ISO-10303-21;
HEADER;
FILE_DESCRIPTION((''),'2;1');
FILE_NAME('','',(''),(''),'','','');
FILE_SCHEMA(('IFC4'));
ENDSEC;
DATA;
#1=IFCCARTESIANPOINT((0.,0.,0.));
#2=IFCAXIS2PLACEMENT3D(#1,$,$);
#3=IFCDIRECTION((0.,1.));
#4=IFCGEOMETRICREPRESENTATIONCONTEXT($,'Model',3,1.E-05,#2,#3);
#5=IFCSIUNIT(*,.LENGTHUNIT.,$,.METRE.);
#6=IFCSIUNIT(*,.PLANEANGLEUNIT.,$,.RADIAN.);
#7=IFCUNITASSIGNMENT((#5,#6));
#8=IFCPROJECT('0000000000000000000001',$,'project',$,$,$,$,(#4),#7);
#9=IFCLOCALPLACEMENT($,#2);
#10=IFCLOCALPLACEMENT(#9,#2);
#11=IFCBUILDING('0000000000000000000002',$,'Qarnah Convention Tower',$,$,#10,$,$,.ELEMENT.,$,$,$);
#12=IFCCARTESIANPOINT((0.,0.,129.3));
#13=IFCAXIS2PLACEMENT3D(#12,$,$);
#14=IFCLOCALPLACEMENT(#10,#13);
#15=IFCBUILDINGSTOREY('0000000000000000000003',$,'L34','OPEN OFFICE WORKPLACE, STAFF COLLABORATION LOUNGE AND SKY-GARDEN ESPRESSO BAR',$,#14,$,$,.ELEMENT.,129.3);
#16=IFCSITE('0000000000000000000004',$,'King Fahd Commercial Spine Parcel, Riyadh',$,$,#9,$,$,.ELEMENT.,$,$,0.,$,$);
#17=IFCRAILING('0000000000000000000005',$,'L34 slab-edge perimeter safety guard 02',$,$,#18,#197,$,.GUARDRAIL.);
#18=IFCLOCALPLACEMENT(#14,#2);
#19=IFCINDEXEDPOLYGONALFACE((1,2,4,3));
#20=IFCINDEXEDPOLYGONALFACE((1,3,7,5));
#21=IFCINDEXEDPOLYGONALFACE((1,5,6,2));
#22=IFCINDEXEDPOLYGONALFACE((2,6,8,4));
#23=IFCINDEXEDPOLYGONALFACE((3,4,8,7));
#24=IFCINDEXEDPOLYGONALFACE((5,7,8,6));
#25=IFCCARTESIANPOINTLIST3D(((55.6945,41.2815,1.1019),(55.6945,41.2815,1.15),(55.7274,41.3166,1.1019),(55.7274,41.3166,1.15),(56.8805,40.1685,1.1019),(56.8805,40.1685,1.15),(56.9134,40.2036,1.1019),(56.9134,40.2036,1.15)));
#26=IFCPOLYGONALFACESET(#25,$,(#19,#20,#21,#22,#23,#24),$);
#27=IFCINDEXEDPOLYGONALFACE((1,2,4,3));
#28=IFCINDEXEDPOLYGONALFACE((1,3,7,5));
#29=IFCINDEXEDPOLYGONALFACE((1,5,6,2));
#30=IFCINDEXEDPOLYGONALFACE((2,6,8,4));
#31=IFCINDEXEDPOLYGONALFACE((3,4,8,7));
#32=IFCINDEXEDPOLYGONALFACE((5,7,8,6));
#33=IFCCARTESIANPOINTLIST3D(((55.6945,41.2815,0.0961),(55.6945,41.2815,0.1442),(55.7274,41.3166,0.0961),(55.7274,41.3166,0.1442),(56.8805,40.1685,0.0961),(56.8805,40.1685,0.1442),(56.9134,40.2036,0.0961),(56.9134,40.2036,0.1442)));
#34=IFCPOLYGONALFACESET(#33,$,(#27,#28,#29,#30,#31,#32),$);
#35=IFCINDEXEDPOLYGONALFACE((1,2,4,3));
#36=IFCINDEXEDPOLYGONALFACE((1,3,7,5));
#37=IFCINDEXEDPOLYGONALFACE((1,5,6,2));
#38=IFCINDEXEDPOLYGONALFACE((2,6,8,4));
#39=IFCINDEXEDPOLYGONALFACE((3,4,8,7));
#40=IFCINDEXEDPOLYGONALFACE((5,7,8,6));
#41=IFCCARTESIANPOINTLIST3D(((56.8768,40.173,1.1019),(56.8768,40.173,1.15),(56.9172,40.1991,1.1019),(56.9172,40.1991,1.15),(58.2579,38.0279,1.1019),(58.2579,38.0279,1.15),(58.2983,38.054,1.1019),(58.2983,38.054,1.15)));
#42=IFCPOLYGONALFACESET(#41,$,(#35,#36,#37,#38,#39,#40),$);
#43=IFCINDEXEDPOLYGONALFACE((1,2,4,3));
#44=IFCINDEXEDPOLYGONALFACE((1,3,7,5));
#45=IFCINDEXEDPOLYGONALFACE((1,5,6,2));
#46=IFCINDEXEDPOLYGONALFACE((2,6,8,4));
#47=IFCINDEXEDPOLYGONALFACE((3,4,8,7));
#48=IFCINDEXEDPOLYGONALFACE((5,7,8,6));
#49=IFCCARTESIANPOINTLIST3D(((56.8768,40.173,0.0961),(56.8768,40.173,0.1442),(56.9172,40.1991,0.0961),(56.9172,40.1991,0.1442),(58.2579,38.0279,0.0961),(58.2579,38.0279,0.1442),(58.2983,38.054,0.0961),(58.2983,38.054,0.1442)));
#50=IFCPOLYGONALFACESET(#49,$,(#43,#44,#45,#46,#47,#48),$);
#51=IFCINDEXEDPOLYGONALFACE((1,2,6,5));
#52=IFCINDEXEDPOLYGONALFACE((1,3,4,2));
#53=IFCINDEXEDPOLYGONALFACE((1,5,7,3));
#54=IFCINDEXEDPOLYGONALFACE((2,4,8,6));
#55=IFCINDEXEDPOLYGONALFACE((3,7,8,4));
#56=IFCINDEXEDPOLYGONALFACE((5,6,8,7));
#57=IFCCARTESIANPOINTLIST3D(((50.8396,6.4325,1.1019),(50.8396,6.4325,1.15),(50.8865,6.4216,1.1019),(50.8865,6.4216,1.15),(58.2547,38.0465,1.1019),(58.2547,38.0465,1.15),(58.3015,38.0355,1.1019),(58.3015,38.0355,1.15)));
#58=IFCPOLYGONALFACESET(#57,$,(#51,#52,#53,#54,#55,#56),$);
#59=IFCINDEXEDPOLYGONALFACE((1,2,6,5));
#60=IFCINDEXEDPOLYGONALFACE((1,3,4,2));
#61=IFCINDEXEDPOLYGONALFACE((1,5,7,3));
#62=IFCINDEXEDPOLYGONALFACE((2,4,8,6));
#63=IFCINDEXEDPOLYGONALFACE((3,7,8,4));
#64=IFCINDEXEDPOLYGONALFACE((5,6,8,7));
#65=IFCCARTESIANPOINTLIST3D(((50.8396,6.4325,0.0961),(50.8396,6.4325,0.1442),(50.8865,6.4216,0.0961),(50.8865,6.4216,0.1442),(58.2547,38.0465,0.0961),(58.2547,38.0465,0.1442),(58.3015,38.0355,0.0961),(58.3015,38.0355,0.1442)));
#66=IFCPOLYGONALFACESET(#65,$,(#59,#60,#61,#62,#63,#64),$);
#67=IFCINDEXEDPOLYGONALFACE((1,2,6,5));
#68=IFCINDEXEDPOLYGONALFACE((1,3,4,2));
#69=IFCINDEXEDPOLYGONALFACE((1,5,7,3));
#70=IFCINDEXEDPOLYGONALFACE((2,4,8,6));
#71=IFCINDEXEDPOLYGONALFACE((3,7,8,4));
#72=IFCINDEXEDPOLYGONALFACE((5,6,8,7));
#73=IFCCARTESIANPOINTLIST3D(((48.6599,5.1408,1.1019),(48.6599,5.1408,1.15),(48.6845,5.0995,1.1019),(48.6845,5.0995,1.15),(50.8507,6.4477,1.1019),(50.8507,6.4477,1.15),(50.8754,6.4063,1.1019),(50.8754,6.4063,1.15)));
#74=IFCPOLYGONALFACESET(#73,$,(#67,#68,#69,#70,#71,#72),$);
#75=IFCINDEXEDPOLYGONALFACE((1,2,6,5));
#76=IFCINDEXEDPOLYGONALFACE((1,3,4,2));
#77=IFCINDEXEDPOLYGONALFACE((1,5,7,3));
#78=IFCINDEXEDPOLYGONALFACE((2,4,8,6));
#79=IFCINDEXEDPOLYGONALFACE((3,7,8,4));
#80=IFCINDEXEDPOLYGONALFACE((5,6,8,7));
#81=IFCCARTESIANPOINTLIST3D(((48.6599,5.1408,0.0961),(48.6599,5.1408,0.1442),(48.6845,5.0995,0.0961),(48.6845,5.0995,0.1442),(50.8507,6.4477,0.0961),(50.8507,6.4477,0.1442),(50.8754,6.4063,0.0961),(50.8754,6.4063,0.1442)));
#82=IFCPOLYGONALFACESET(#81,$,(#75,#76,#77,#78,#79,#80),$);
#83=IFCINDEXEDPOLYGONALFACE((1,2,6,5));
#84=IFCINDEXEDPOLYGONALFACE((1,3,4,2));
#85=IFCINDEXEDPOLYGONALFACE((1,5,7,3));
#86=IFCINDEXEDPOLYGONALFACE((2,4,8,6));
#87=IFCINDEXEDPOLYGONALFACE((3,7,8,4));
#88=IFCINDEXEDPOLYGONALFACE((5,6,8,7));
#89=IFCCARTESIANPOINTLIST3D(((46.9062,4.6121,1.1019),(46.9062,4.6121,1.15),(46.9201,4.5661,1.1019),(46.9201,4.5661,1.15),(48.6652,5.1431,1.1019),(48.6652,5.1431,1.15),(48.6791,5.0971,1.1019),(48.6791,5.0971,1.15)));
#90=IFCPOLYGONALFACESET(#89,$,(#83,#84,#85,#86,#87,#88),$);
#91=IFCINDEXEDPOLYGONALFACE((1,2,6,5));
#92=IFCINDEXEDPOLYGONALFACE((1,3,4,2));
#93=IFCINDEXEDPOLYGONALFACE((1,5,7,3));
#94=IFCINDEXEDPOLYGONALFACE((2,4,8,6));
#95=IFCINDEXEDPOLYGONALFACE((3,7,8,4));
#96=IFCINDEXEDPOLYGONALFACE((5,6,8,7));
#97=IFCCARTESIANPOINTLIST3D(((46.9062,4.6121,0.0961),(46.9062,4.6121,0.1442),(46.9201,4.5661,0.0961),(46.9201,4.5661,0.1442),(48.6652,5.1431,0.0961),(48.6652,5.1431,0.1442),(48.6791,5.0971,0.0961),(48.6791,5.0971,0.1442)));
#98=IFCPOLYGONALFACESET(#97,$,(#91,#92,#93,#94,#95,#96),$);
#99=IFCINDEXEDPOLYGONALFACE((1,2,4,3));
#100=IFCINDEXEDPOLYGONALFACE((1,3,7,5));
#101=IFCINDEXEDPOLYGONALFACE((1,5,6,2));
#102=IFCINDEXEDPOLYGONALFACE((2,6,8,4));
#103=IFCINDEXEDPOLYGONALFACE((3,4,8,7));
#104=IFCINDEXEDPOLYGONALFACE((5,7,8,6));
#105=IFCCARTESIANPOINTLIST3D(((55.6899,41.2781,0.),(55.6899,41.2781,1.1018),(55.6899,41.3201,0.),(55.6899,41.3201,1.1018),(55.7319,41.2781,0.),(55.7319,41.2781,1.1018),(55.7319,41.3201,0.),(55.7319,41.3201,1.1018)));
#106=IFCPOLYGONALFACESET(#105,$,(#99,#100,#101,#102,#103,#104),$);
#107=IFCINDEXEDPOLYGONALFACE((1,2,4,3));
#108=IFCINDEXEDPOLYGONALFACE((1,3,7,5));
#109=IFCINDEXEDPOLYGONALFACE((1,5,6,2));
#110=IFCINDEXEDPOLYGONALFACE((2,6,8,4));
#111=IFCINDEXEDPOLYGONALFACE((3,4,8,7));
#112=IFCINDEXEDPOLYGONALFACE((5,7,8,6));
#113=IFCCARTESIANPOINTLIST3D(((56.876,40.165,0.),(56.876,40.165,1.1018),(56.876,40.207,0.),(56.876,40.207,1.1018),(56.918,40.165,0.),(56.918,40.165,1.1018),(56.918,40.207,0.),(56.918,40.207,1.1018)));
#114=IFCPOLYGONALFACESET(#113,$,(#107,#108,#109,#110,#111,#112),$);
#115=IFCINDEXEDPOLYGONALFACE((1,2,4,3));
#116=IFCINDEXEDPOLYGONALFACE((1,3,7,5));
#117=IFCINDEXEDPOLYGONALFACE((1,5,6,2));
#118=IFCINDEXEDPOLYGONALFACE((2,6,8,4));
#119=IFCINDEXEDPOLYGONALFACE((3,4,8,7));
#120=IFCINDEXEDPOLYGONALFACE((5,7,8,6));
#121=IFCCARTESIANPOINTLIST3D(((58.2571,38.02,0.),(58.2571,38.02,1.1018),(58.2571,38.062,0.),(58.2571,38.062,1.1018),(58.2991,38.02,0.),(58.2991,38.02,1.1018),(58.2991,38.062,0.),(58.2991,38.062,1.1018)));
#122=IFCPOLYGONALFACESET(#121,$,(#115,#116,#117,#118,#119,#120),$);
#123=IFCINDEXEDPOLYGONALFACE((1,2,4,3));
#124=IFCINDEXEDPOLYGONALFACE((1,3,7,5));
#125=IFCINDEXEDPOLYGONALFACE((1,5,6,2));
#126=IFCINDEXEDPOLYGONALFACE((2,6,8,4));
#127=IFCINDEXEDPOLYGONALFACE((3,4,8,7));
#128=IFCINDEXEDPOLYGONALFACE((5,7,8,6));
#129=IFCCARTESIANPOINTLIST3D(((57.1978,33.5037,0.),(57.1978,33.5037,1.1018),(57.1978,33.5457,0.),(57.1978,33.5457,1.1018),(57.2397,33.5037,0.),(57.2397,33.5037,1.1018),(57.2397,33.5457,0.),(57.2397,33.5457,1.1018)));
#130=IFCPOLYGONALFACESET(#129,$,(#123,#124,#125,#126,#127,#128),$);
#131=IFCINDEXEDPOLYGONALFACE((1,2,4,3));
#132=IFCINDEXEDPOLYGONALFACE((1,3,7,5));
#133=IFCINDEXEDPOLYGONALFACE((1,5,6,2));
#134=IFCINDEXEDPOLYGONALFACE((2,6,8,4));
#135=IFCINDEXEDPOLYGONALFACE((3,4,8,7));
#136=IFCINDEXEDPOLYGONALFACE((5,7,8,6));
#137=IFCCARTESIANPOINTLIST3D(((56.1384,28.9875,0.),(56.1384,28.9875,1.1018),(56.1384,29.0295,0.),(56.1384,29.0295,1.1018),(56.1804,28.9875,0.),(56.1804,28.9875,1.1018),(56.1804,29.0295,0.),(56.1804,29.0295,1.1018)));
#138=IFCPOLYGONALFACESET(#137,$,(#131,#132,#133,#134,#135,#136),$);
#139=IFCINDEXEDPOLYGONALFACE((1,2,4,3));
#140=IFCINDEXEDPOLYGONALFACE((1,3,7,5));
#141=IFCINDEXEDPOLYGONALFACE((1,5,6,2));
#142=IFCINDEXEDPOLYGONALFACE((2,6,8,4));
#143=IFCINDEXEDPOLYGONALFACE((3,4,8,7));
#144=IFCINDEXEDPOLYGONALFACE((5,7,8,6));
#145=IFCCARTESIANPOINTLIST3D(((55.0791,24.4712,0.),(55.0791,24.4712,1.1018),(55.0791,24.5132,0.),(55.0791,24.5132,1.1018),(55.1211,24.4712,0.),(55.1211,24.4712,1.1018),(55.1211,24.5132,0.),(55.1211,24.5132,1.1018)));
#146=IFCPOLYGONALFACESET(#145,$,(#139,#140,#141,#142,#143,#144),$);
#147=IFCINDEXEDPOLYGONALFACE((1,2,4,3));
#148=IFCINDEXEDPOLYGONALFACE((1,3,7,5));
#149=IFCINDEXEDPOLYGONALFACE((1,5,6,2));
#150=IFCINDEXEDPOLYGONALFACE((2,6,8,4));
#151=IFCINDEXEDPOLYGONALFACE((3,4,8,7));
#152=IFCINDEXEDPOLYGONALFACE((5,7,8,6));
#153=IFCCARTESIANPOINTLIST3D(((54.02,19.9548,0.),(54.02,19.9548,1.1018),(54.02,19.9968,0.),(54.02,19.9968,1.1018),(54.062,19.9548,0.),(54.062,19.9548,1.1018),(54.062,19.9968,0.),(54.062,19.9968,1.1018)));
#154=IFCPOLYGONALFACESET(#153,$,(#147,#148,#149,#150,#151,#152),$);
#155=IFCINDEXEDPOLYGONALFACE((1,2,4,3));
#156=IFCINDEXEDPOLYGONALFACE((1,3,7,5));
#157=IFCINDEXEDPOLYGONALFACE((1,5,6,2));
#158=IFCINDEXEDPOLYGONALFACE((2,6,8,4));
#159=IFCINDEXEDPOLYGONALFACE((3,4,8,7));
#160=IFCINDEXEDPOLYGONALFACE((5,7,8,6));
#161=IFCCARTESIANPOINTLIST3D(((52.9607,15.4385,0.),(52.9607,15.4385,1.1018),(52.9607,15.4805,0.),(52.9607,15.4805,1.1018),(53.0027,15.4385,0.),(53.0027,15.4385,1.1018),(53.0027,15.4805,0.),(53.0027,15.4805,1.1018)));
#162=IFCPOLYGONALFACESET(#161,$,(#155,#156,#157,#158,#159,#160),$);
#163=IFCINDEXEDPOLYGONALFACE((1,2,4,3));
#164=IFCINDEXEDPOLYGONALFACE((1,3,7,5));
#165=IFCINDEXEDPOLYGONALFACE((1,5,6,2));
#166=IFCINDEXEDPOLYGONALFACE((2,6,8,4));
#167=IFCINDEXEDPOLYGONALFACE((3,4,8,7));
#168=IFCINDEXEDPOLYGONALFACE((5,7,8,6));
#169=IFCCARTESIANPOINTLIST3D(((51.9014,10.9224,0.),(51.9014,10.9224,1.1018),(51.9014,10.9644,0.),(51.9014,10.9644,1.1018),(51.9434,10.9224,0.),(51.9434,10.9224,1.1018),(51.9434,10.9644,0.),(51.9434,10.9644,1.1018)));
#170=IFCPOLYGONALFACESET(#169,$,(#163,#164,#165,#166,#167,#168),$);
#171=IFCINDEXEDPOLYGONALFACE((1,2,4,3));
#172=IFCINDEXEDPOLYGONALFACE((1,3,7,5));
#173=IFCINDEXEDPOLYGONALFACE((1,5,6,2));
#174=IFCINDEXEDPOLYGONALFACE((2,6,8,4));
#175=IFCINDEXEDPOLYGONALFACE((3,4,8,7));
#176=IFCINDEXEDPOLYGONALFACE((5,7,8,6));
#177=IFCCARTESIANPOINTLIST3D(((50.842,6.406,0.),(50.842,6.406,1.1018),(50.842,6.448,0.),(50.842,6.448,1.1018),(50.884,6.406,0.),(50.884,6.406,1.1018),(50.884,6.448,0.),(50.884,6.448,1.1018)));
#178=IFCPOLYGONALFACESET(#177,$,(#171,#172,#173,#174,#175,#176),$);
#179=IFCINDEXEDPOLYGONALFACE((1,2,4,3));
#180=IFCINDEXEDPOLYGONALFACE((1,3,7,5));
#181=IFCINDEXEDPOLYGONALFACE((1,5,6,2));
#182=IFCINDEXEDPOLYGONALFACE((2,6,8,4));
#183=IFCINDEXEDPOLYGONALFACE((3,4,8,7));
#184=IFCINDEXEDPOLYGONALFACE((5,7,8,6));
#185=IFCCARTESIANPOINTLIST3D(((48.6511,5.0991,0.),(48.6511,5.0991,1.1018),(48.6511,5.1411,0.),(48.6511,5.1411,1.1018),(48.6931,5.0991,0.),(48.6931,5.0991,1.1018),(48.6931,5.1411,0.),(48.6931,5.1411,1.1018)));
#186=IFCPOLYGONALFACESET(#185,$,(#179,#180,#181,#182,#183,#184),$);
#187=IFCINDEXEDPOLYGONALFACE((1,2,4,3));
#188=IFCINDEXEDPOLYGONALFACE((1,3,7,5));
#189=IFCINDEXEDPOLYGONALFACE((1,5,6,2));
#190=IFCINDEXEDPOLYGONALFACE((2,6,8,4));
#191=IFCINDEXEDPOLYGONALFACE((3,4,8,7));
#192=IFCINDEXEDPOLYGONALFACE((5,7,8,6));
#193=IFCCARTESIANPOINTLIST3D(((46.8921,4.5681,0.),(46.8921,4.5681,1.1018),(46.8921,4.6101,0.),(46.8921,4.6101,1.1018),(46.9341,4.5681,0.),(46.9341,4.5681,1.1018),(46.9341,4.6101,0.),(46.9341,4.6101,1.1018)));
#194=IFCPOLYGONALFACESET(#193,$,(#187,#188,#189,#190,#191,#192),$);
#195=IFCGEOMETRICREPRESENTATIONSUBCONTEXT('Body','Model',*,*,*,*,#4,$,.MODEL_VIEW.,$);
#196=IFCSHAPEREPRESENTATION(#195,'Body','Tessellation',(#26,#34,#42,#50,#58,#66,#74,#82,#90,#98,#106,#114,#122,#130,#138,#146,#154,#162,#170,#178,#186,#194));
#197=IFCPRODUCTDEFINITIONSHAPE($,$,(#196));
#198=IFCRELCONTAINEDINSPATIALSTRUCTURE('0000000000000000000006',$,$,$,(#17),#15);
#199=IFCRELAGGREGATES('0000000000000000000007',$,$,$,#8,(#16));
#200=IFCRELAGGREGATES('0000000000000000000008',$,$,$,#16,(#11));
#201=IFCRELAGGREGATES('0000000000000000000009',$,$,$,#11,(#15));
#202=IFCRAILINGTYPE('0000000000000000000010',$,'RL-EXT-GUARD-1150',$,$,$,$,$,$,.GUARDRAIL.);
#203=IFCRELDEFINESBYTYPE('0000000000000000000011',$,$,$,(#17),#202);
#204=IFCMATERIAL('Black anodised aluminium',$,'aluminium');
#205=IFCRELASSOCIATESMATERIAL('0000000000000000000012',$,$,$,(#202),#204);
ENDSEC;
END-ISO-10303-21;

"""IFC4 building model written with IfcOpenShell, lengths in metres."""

from ifc_helpers import new_model, si_unit, direction, frame, origin, origin_2d, place, context, subcontext, project, spatial, rectangle, extrude, material, type_object, element, save


model = new_model("IFC4")

# Units and contexts
model_context = context("Model", 3, precision=1e-05, world=origin(), true_north=direction((0.0, 1.0)))
body_context = subcontext(model_context, "Body", "Model", "MODEL_VIEW")
ifc_project = project(units=[si_unit("LENGTHUNIT", "METRE"), si_unit("PLANEANGLEUNIT", "RADIAN")], contexts=[model_context])

# Site, building, storey
site_placement = place(None, origin())
site = spatial("IfcSite", under=ifc_project, at=site_placement, Name="King Fahd Commercial Spine Parcel, Riyadh", CompositionType="ELEMENT", RefElevation=0.0)
building_placement = place(site_placement, origin())
building = spatial("IfcBuilding", under=site, at=building_placement, Name="Qarnah Convention Tower", CompositionType="ELEMENT")
storey_placement = place(building_placement, frame((0.0, 0.0, 129.3)))
storey = spatial("IfcBuildingStorey", under=building, at=storey_placement, Name="L34", Description="OPEN OFFICE WORKPLACE, STAFF COLLABORATION LOUNGE AND SKY-GARDEN ESPRESSO BAR", CompositionType="ELEMENT", Elevation=129.3)

# Shared definitions
ifc_material_1 = material(Name="Black anodised aluminium", Category="aluminium")

# Railing
railing_type = type_object("IfcRailingType", Name="RL-EXT-GUARD-1150", PredefinedType="GUARDRAIL", material=ifc_material_1)
railing_1_placement = place(storey_placement, frame((55.7109, 41.2991, 0.0)))
element("IfcRailing", 1, at=railing_1_placement, inside=storey, type_object=railing_type, Name="L34 slab-edge perimeter safety guard 02", PredefinedType="GUARDRAIL", context=body_context, shape_type="SweptSolid", body=[
    extrude(rectangle(XDim=0.0481, YDim=0.0481, at=origin_2d()), frame((0.0, 0.0, 1.126), z_axis=(0.729191, -0.684311, 0.0), x_axis=(0.684311, 0.729191, 0.0)), (0.0, 0.0, 1.0), 1.6265),
    extrude(rectangle(XDim=0.0481, YDim=0.0481, at=origin_2d()), frame((0.0, 0.0, 0.1201), z_axis=(0.729191, -0.684311, 0.0), x_axis=(0.684311, 0.729191, 0.0)), (0.0, 0.0, 1.0), 1.6265),
    extrude(rectangle(XDim=0.0481, YDim=0.0481, at=origin_2d()), frame((1.186, -1.113, 1.126), z_axis=(0.541357, -0.840793, 0.0), x_axis=(0.840793, 0.541357, 0.0)), (0.0, 0.0, 1.0), 2.5513),
    extrude(rectangle(XDim=0.0481, YDim=0.0481, at=origin_2d()), frame((1.186, -1.113, 0.1201), z_axis=(0.541357, -0.840793, 0.0), x_axis=(0.840793, 0.541357, 0.0)), (0.0, 0.0, 1.0), 2.5513),
    extrude(rectangle(XDim=0.0481, YDim=0.0481, at=origin_2d()), frame((2.5671, -3.2581, 1.126), z_axis=(-0.228352, -0.973579, 0.0), x_axis=(0.973579, -0.228352, 0.0)), (0.0, 0.0, 1.0), 32.4719),
    extrude(rectangle(XDim=0.0481, YDim=0.0481, at=origin_2d()), frame((2.5671, -3.2581, 0.1201), z_axis=(-0.228352, -0.973579, 0.0), x_axis=(0.973579, -0.228352, 0.0)), (0.0, 0.0, 1.0), 32.4719),
    extrude(rectangle(XDim=0.0481, YDim=0.0481, at=origin_2d()), frame((-4.8479, -34.8721, 1.126), z_axis=(-0.858816, -0.512284, 0.0), x_axis=(0.512284, -0.858816, 0.0)), (0.0, 0.0, 1.0), 2.551),
    extrude(rectangle(XDim=0.0481, YDim=0.0481, at=origin_2d()), frame((-4.8479, -34.8721, 0.1201), z_axis=(-0.858816, -0.512284, 0.0), x_axis=(0.512284, -0.858816, 0.0)), (0.0, 0.0, 1.0), 2.551),
    extrude(rectangle(XDim=0.0481, YDim=0.0481, at=origin_2d()), frame((-7.0388, -36.179, 1.126), z_axis=(-0.957331, -0.288993, 0.0), x_axis=(0.288993, -0.957331, 0.0)), (0.0, 0.0, 1.0), 1.8374),
    extrude(rectangle(XDim=0.0481, YDim=0.0481, at=origin_2d()), frame((-7.0388, -36.179, 0.1201), z_axis=(-0.957331, -0.288993, 0.0), x_axis=(0.288993, -0.957331, 0.0)), (0.0, 0.0, 1.0), 1.8374),
    extrude(rectangle(XDim=0.042, YDim=0.042, at=origin_2d()), origin(), (0.0, 0.0, 1.0), 1.1018),
    extrude(rectangle(XDim=0.042, YDim=0.042, at=origin_2d()), frame((1.186, -1.113, 0.0)), (0.0, 0.0, 1.0), 1.1018),
    extrude(rectangle(XDim=0.042, YDim=0.042, at=origin_2d()), frame((2.5671, -3.2581, 0.0)), (0.0, 0.0, 1.0), 1.1018),
    extrude(rectangle(XDim=0.042, YDim=0.042, at=origin_2d()), frame((1.5078, -7.7744, 0.0)), (0.0, 0.0, 1.0), 1.1018),
    extrude(rectangle(XDim=0.042, YDim=0.042, at=origin_2d()), frame((0.4485, -12.2905, 0.0)), (0.0, 0.0, 1.0), 1.1018),
    extrude(rectangle(XDim=0.042, YDim=0.042, at=origin_2d()), frame((-0.6108, -16.8069, 0.0)), (0.0, 0.0, 1.0), 1.1018),
    extrude(rectangle(XDim=0.042, YDim=0.042, at=origin_2d()), frame((-1.6699, -21.3232, 0.0)), (0.0, 0.0, 1.0), 1.1018),
    extrude(rectangle(XDim=0.042, YDim=0.042, at=origin_2d()), frame((-2.7292, -25.8396, 0.0)), (0.0, 0.0, 1.0), 1.1018),
    extrude(rectangle(XDim=0.042, YDim=0.042, at=origin_2d()), frame((-3.7886, -30.3557, 0.0)), (0.0, 0.0, 1.0), 1.1018),
    extrude(rectangle(XDim=0.042, YDim=0.042, at=origin_2d()), frame((-4.8479, -34.8721, 0.0)), (0.0, 0.0, 1.0), 1.1018),
    extrude(rectangle(XDim=0.042, YDim=0.042, at=origin_2d()), frame((-7.0388, -36.179, 0.0)), (0.0, 0.0, 1.0), 1.1018),
    extrude(rectangle(XDim=0.042, YDim=0.042, at=origin_2d()), frame((-8.7979, -36.71, 0.0)), (0.0, 0.0, 1.0), 1.1018),
])

save(model, "model.ifc")
